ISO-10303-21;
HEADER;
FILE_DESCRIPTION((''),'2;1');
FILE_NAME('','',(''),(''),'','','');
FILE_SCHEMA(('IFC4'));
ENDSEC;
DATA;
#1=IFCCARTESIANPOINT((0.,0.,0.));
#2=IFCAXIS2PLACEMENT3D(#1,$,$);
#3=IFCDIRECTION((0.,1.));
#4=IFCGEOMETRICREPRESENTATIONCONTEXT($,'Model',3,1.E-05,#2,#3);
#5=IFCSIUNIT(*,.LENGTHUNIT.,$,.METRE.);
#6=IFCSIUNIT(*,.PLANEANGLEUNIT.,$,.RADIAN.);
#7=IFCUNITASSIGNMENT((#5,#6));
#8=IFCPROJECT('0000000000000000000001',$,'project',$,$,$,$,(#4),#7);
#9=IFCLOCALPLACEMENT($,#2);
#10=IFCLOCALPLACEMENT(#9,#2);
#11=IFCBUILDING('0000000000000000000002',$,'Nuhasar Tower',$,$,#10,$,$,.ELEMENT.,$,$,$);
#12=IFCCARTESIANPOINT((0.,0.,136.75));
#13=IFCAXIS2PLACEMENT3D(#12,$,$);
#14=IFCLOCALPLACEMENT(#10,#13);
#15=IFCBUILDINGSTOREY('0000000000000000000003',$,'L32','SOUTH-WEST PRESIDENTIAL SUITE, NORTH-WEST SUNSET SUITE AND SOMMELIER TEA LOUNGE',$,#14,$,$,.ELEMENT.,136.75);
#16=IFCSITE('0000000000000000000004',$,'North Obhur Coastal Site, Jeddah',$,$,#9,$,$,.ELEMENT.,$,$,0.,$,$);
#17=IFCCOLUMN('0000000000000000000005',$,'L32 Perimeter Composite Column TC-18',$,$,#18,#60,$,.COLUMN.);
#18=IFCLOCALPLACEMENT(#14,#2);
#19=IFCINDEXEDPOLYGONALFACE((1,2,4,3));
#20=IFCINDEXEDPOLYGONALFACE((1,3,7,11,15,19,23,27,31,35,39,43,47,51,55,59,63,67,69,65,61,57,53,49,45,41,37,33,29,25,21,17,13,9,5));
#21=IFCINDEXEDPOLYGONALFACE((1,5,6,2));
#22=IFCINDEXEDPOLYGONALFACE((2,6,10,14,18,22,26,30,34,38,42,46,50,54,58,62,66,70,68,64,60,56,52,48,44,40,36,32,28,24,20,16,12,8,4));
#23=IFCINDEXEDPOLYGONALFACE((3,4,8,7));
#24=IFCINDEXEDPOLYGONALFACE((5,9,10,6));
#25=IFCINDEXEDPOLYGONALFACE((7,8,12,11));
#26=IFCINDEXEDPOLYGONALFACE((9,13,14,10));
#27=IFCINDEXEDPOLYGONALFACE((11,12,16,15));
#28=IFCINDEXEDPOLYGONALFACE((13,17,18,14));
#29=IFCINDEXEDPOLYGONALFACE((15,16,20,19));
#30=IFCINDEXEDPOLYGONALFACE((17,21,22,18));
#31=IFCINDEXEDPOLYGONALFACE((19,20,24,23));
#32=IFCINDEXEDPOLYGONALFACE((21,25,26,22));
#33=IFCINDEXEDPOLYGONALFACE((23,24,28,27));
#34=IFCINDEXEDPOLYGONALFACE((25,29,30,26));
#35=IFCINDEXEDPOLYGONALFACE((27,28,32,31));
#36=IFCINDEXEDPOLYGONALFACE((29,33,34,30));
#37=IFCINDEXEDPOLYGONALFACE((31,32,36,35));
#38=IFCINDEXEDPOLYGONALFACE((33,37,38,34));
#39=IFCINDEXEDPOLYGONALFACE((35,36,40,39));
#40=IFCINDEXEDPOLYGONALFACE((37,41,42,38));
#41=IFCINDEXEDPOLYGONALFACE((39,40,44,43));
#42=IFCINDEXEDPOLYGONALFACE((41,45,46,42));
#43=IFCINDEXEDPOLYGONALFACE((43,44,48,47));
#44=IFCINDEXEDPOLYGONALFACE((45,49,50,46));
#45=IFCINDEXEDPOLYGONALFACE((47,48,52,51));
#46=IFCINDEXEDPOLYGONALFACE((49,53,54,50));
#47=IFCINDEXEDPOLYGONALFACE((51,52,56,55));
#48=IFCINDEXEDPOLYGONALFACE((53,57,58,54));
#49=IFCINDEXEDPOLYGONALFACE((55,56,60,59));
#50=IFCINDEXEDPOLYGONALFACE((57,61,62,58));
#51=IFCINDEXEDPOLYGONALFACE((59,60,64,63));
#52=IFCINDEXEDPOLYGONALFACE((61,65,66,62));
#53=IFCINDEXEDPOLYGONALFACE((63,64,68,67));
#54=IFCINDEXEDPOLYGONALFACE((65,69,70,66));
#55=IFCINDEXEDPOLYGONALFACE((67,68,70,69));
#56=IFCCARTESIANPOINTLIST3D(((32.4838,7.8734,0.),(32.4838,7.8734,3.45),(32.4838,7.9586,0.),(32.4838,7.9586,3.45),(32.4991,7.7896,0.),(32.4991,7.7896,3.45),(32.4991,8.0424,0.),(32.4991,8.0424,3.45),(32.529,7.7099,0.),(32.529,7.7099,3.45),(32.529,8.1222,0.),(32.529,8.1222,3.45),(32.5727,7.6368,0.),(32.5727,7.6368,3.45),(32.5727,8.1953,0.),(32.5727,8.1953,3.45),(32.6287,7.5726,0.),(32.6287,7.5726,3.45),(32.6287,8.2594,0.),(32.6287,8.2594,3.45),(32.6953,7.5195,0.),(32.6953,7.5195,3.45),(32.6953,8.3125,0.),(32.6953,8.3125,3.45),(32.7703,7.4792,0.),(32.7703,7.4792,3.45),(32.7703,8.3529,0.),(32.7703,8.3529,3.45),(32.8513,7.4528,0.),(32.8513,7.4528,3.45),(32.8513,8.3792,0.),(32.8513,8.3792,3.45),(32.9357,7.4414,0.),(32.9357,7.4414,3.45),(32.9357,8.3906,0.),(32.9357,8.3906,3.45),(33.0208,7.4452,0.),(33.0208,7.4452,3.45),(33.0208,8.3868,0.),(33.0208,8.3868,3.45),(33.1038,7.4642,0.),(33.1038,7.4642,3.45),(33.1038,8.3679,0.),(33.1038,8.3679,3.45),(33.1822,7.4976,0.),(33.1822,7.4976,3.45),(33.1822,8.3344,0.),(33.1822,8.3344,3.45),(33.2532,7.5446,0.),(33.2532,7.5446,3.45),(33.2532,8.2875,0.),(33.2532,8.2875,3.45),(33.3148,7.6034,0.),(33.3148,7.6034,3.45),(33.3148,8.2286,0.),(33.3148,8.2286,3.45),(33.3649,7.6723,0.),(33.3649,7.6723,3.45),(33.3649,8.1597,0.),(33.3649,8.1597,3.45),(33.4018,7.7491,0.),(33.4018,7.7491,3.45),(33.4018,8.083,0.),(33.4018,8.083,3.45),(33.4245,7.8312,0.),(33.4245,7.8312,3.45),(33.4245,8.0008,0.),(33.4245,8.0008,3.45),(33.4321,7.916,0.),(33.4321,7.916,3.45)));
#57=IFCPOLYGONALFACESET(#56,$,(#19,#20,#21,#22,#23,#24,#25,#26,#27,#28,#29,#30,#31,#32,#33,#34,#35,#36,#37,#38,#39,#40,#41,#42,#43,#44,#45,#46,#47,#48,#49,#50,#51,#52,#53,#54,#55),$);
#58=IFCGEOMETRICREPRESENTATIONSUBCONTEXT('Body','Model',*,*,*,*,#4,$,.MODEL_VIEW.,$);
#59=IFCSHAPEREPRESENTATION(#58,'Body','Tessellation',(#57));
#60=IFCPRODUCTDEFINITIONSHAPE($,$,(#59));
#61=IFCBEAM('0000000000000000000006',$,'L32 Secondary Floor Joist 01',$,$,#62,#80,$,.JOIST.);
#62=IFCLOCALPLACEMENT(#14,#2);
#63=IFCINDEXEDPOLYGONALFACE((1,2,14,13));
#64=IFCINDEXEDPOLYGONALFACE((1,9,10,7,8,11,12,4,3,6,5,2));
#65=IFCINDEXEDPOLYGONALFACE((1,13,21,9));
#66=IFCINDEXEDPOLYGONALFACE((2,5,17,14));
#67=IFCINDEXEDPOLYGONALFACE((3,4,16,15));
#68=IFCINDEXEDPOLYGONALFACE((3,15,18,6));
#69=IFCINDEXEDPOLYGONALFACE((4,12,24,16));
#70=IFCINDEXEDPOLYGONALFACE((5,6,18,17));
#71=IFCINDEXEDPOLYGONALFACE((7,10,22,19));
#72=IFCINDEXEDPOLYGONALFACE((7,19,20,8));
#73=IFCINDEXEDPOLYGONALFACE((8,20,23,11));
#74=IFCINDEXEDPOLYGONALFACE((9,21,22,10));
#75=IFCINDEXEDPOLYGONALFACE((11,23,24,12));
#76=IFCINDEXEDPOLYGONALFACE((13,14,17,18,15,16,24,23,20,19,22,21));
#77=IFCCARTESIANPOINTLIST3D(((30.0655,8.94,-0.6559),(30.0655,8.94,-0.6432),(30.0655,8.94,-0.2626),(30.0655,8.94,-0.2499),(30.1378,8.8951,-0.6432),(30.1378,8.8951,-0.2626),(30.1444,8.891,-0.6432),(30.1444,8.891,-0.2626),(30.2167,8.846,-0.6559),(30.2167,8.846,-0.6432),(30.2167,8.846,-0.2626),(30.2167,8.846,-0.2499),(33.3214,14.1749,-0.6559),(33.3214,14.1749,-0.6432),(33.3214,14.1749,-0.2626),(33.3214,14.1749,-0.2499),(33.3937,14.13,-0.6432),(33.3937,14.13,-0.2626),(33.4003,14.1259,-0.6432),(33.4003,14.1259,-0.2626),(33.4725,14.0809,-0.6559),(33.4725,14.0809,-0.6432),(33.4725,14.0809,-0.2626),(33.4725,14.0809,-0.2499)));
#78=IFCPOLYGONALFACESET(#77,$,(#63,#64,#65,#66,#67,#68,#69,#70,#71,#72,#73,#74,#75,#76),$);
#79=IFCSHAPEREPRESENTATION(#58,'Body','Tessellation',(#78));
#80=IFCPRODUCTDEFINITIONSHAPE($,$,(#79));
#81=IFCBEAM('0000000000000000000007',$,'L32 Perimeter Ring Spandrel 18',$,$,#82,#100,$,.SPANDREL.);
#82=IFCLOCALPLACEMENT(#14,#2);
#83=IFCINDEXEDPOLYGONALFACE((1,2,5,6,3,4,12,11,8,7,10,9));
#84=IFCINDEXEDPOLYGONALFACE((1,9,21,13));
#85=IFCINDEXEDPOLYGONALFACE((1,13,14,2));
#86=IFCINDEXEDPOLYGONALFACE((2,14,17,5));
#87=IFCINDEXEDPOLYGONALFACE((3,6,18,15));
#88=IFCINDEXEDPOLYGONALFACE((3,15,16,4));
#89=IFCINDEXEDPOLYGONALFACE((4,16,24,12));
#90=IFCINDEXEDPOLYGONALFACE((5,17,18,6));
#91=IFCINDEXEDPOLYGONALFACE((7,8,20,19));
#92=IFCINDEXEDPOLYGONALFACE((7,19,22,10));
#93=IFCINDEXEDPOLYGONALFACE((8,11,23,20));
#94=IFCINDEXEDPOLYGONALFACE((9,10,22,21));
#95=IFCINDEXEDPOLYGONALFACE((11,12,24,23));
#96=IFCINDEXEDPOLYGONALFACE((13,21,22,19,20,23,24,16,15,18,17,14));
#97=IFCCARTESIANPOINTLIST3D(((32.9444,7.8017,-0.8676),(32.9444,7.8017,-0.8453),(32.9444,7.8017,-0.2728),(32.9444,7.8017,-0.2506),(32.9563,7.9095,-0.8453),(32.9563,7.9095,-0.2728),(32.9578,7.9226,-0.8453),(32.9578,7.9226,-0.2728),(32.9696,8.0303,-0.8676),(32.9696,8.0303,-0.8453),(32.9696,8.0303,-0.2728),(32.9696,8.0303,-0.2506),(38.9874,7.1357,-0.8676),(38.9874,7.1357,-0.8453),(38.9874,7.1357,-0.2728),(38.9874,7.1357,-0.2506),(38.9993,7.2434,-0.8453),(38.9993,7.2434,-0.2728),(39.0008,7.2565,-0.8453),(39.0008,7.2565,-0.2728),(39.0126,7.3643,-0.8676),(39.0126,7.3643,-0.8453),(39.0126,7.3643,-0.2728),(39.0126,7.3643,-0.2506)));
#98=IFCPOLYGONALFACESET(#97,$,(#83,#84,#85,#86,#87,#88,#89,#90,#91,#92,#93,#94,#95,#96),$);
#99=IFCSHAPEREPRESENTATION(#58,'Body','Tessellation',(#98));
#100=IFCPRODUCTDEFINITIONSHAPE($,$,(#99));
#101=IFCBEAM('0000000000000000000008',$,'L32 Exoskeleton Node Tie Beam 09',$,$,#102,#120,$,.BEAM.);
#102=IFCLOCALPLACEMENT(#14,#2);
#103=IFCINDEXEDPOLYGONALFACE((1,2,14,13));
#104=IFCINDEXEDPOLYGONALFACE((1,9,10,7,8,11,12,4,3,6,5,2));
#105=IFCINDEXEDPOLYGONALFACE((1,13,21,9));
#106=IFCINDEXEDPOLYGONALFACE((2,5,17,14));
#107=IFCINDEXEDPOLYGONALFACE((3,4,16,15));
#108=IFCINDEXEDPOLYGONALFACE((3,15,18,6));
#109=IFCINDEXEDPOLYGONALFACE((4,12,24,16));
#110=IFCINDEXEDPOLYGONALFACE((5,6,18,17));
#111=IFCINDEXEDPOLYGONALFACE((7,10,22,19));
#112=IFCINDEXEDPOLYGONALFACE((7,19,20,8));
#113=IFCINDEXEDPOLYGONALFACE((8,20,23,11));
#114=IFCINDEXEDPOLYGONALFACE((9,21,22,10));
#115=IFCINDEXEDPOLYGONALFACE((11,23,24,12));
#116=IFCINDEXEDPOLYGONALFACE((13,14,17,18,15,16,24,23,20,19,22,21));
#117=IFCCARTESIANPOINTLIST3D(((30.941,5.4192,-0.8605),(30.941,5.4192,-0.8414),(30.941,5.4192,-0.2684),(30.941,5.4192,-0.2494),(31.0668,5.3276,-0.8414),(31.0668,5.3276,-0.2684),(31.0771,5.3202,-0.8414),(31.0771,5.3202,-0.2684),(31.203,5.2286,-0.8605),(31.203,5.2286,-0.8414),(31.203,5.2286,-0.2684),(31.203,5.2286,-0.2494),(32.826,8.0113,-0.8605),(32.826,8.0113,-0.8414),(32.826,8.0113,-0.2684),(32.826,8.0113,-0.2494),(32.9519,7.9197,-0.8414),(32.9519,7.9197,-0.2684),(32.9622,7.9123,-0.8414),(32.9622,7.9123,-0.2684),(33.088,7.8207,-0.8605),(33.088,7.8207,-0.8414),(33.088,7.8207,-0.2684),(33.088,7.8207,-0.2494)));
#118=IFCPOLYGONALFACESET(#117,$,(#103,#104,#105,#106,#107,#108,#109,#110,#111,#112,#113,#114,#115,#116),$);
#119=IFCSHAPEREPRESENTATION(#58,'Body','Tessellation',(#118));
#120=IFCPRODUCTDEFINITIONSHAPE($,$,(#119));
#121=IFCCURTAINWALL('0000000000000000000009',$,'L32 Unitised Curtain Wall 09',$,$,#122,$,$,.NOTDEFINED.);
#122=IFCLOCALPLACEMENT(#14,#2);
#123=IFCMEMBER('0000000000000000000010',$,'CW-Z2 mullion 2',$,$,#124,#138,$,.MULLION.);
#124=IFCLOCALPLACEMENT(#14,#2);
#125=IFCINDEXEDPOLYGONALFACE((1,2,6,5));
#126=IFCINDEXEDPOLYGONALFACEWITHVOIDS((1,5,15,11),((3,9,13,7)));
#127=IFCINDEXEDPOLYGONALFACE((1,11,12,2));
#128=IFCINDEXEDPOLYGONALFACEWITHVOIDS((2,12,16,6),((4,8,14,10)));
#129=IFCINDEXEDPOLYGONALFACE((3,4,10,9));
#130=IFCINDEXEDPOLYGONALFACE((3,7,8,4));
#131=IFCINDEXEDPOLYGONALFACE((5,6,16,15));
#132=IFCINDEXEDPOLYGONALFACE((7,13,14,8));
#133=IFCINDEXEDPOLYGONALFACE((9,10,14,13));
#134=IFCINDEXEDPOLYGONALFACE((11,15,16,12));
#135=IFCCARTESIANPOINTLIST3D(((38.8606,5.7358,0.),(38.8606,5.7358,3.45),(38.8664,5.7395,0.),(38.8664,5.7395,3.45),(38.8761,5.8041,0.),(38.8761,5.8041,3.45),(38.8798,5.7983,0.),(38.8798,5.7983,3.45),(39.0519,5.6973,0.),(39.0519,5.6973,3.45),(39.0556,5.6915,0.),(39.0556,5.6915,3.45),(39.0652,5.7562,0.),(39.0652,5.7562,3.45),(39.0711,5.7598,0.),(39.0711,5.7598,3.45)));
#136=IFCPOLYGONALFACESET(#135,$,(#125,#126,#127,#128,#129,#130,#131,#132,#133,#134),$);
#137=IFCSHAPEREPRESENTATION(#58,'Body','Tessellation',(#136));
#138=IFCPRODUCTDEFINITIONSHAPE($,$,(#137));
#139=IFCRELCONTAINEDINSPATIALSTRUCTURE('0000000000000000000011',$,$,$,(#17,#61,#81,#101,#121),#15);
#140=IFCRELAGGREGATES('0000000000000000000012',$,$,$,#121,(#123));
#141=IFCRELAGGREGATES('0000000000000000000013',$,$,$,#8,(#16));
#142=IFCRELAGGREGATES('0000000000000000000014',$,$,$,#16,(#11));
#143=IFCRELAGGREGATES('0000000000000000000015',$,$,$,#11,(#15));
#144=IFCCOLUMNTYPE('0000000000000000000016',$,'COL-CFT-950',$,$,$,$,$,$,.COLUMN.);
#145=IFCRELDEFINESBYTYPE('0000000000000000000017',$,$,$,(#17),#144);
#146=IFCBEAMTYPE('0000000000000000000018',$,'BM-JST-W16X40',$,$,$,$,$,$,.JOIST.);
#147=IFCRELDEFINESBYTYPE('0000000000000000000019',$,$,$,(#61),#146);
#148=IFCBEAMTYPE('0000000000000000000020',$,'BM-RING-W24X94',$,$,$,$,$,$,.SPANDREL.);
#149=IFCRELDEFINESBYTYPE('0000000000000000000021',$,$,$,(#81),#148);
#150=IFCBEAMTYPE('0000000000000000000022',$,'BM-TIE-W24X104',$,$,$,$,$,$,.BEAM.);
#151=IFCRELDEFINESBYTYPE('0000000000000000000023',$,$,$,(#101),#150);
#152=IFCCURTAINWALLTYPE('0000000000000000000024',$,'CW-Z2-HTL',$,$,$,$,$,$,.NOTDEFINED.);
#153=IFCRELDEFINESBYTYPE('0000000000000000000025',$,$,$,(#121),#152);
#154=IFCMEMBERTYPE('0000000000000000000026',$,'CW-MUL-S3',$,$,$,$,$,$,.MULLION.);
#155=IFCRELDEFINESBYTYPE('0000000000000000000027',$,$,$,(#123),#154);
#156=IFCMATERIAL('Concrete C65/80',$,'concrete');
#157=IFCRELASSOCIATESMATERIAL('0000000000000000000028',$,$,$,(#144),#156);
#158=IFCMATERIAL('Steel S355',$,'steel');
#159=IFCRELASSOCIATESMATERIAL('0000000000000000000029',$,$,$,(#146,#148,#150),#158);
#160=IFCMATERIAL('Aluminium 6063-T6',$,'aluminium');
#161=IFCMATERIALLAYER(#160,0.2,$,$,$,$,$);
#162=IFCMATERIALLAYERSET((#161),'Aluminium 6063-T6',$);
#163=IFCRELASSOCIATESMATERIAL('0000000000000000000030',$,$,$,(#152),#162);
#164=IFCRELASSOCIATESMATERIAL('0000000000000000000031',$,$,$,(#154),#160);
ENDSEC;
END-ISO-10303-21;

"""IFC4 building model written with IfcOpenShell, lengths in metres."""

from ifc_helpers import new_model, si_unit, direction, frame, origin, origin_2d, place, context, subcontext, project, spatial, hollow_rectangle, circle, i_section, extrude, material, layer, layer_set, material_profile, profile_set, type_object, element, aggregate, save


model = new_model("IFC4")

# Units and contexts
model_context = context("Model", 3, precision=1e-05, world=origin(), true_north=direction((0.0, 1.0)))
body_context = subcontext(model_context, "Body", "Model", "MODEL_VIEW")
ifc_project = project(units=[si_unit("LENGTHUNIT", "METRE"), si_unit("PLANEANGLEUNIT", "RADIAN")], contexts=[model_context])

# Site, building, storey
site_placement = place(None, origin())
site = spatial("IfcSite", under=ifc_project, at=site_placement, Name="North Obhur Coastal Site, Jeddah", CompositionType="ELEMENT", RefElevation=0.0)
building_placement = place(site_placement, origin())
building = spatial("IfcBuilding", under=site, at=building_placement, Name="Nuhasar Tower", CompositionType="ELEMENT")
storey_placement = place(building_placement, frame((0.0, 0.0, 136.75)))
storey = spatial("IfcBuildingStorey", under=building, at=storey_placement, Name="L32", Description="SOUTH-WEST PRESIDENTIAL SUITE, NORTH-WEST SUNSET SUITE AND SOMMELIER TEA LOUNGE", CompositionType="ELEMENT", Elevation=136.75)

# Column
ifc_material_1 = material(Name="Concrete C65/80", Category="concrete")
ifc_material_profile_1 = material_profile(ifc_material_1, circle(Radius=0.4751, at=origin_2d()), Name="CFT950")
ifc_profile_set_1 = profile_set([ifc_material_profile_1], Name="Concrete C65/80")
column_type = type_object("IfcColumnType", Name="COL-CFT-950", PredefinedType="COLUMN", material=ifc_profile_set_1)
column_placement = place(storey_placement, frame((32.957, 7.916, 0.0), z_axis=(0.0, 0.0, 1.0), x_axis=(1.0, 0.0, 0.0)))
element("IfcColumn", 1, at=column_placement, inside=storey, type_object=column_type, Name="L32 Perimeter Composite Column TC-18", PredefinedType="COLUMN", context=body_context, shape_type="SweptSolid", body=[
    extrude(circle(Radius=0.4751, at=origin_2d()), origin(), (0.0, 0.0, 1.0), 3.45),
])

# Beams
ifc_material_2 = material(Name="Steel S355", Category="steel")
ifc_material_profile_2 = material_profile(ifc_material_2, i_section(OverallWidth=0.178, OverallDepth=0.406, WebThickness=0.0078, FlangeThickness=0.0127, at=origin_2d()), Name="W16X40")
ifc_profile_set_2 = profile_set([ifc_material_profile_2], Name="Steel S355")
beam_type_1 = type_object("IfcBeamType", Name="BM-JST-W16X40", PredefinedType="JOIST", material=ifc_profile_set_2)
beam_1_placement = place(storey_placement, frame((33.397, 14.1279, -0.4529), z_axis=(-0.528139, -0.849158, 0.0), x_axis=(0.849158, -0.528139, 0.0)))
element("IfcBeam", 2, at=beam_1_placement, inside=storey, type_object=beam_type_1, Name="L32 Secondary Floor Joist 01", PredefinedType="JOIST", context=body_context, shape_type="SweptSolid", body=[
    extrude(i_section(OverallWidth=0.178, OverallDepth=0.406, WebThickness=0.0078, FlangeThickness=0.0127, at=origin_2d()), origin(), (0.0, 0.0, 1.0), 6.1648),
])
ifc_material_profile_3 = material_profile(ifc_material_2, i_section(OverallWidth=0.23, OverallDepth=0.6169, WebThickness=0.0132, FlangeThickness=0.0222, at=origin_2d()), Name="W24X94")
ifc_profile_set_3 = profile_set([ifc_material_profile_3], Name="Steel S355")
beam_type_2 = type_object("IfcBeamType", Name="BM-RING-W24X94", PredefinedType="SPANDREL", material=ifc_profile_set_3)
beam_2_placement = place(storey_placement, frame((32.957, 7.916, -0.5591), z_axis=(0.993981, -0.10955, 0.0), x_axis=(0.10955, 0.993981, 0.0)))
element("IfcBeam", 3, at=beam_2_placement, inside=storey, type_object=beam_type_2, Name="L32 Perimeter Ring Spandrel 18", PredefinedType="SPANDREL", context=body_context, shape_type="SweptSolid", body=[
    extrude(i_section(OverallWidth=0.23, OverallDepth=0.6169, WebThickness=0.0132, FlangeThickness=0.0222, at=origin_2d()), origin(), (0.0, 0.0, 1.0), 6.0796),
])
ifc_material_profile_4 = material_profile(ifc_material_2, i_section(OverallWidth=0.324, OverallDepth=0.6111, WebThickness=0.0127, FlangeThickness=0.019, at=origin_2d()), Name="W24X104")
ifc_profile_set_4 = profile_set([ifc_material_profile_4], Name="Steel S355")
beam_type_3 = type_object("IfcBeamType", Name="BM-TIE-W24X104", PredefinedType="BEAM", material=ifc_profile_set_4)
beam_3_placement = place(storey_placement, frame((32.957, 7.916, -0.5549), z_axis=(-0.588149, -0.808753, 0.0), x_axis=(0.808753, -0.588149, 0.0)))
element("IfcBeam", 4, at=beam_3_placement, inside=storey, type_object=beam_type_3, Name="L32 Exoskeleton Node Tie Beam 09", PredefinedType="BEAM", context=body_context, shape_type="SweptSolid", body=[
    extrude(i_section(OverallWidth=0.324, OverallDepth=0.6111, WebThickness=0.0127, FlangeThickness=0.019, at=origin_2d()), origin(), (0.0, 0.0, 1.0), 3.2051),
])

# Curtain wall, member
ifc_material_3 = material(Name="Aluminium 6063-T6", Category="aluminium")
ifc_layer_1 = layer(ifc_material_3, 0.2)
ifc_layer_set_1 = layer_set([ifc_layer_1], Name="Aluminium 6063-T6")
curtain_wall_type = type_object("IfcCurtainWallType", Name="CW-Z2-HTL", PredefinedType="NOTDEFINED", material=ifc_layer_set_1)
curtain_wall_placement = place(storey_placement, origin())
curtain_wall = element("IfcCurtainWall", 5, at=curtain_wall_placement, inside=storey, type_object=curtain_wall_type, Name="L32 Unitised Curtain Wall 09", PredefinedType="NOTDEFINED")
ifc_material_profile_5 = material_profile(ifc_material_3, hollow_rectangle(XDim=0.0701, YDim=0.2, WallThickness=0.0049, at=origin_2d()), Name="CWM-3")
ifc_profile_set_5 = profile_set([ifc_material_profile_5], Name="Aluminium 6063-T6")
member_type_1 = type_object("IfcMemberType", Name="CW-MUL-S3", PredefinedType="MULLION", material=ifc_profile_set_5)
member_1_placement = place(storey_placement, frame((38.9658, 5.7478, 0.0), z_axis=(0.0, 0.0, 1.0), x_axis=(0.221397, 0.975184, 0.0)))
member_1 = element("IfcMember", 6, at=member_1_placement, type_object=member_type_1, Name="CW-Z2 mullion 2", PredefinedType="MULLION", context=body_context, shape_type="SweptSolid", body=[
    extrude(hollow_rectangle(XDim=0.0701, YDim=0.2, WallThickness=0.0049, at=origin_2d()), origin(), (0.0, 0.0, 1.0), 3.45),
])

aggregate(curtain_wall, [member_1])

save(model, "model.ifc")
